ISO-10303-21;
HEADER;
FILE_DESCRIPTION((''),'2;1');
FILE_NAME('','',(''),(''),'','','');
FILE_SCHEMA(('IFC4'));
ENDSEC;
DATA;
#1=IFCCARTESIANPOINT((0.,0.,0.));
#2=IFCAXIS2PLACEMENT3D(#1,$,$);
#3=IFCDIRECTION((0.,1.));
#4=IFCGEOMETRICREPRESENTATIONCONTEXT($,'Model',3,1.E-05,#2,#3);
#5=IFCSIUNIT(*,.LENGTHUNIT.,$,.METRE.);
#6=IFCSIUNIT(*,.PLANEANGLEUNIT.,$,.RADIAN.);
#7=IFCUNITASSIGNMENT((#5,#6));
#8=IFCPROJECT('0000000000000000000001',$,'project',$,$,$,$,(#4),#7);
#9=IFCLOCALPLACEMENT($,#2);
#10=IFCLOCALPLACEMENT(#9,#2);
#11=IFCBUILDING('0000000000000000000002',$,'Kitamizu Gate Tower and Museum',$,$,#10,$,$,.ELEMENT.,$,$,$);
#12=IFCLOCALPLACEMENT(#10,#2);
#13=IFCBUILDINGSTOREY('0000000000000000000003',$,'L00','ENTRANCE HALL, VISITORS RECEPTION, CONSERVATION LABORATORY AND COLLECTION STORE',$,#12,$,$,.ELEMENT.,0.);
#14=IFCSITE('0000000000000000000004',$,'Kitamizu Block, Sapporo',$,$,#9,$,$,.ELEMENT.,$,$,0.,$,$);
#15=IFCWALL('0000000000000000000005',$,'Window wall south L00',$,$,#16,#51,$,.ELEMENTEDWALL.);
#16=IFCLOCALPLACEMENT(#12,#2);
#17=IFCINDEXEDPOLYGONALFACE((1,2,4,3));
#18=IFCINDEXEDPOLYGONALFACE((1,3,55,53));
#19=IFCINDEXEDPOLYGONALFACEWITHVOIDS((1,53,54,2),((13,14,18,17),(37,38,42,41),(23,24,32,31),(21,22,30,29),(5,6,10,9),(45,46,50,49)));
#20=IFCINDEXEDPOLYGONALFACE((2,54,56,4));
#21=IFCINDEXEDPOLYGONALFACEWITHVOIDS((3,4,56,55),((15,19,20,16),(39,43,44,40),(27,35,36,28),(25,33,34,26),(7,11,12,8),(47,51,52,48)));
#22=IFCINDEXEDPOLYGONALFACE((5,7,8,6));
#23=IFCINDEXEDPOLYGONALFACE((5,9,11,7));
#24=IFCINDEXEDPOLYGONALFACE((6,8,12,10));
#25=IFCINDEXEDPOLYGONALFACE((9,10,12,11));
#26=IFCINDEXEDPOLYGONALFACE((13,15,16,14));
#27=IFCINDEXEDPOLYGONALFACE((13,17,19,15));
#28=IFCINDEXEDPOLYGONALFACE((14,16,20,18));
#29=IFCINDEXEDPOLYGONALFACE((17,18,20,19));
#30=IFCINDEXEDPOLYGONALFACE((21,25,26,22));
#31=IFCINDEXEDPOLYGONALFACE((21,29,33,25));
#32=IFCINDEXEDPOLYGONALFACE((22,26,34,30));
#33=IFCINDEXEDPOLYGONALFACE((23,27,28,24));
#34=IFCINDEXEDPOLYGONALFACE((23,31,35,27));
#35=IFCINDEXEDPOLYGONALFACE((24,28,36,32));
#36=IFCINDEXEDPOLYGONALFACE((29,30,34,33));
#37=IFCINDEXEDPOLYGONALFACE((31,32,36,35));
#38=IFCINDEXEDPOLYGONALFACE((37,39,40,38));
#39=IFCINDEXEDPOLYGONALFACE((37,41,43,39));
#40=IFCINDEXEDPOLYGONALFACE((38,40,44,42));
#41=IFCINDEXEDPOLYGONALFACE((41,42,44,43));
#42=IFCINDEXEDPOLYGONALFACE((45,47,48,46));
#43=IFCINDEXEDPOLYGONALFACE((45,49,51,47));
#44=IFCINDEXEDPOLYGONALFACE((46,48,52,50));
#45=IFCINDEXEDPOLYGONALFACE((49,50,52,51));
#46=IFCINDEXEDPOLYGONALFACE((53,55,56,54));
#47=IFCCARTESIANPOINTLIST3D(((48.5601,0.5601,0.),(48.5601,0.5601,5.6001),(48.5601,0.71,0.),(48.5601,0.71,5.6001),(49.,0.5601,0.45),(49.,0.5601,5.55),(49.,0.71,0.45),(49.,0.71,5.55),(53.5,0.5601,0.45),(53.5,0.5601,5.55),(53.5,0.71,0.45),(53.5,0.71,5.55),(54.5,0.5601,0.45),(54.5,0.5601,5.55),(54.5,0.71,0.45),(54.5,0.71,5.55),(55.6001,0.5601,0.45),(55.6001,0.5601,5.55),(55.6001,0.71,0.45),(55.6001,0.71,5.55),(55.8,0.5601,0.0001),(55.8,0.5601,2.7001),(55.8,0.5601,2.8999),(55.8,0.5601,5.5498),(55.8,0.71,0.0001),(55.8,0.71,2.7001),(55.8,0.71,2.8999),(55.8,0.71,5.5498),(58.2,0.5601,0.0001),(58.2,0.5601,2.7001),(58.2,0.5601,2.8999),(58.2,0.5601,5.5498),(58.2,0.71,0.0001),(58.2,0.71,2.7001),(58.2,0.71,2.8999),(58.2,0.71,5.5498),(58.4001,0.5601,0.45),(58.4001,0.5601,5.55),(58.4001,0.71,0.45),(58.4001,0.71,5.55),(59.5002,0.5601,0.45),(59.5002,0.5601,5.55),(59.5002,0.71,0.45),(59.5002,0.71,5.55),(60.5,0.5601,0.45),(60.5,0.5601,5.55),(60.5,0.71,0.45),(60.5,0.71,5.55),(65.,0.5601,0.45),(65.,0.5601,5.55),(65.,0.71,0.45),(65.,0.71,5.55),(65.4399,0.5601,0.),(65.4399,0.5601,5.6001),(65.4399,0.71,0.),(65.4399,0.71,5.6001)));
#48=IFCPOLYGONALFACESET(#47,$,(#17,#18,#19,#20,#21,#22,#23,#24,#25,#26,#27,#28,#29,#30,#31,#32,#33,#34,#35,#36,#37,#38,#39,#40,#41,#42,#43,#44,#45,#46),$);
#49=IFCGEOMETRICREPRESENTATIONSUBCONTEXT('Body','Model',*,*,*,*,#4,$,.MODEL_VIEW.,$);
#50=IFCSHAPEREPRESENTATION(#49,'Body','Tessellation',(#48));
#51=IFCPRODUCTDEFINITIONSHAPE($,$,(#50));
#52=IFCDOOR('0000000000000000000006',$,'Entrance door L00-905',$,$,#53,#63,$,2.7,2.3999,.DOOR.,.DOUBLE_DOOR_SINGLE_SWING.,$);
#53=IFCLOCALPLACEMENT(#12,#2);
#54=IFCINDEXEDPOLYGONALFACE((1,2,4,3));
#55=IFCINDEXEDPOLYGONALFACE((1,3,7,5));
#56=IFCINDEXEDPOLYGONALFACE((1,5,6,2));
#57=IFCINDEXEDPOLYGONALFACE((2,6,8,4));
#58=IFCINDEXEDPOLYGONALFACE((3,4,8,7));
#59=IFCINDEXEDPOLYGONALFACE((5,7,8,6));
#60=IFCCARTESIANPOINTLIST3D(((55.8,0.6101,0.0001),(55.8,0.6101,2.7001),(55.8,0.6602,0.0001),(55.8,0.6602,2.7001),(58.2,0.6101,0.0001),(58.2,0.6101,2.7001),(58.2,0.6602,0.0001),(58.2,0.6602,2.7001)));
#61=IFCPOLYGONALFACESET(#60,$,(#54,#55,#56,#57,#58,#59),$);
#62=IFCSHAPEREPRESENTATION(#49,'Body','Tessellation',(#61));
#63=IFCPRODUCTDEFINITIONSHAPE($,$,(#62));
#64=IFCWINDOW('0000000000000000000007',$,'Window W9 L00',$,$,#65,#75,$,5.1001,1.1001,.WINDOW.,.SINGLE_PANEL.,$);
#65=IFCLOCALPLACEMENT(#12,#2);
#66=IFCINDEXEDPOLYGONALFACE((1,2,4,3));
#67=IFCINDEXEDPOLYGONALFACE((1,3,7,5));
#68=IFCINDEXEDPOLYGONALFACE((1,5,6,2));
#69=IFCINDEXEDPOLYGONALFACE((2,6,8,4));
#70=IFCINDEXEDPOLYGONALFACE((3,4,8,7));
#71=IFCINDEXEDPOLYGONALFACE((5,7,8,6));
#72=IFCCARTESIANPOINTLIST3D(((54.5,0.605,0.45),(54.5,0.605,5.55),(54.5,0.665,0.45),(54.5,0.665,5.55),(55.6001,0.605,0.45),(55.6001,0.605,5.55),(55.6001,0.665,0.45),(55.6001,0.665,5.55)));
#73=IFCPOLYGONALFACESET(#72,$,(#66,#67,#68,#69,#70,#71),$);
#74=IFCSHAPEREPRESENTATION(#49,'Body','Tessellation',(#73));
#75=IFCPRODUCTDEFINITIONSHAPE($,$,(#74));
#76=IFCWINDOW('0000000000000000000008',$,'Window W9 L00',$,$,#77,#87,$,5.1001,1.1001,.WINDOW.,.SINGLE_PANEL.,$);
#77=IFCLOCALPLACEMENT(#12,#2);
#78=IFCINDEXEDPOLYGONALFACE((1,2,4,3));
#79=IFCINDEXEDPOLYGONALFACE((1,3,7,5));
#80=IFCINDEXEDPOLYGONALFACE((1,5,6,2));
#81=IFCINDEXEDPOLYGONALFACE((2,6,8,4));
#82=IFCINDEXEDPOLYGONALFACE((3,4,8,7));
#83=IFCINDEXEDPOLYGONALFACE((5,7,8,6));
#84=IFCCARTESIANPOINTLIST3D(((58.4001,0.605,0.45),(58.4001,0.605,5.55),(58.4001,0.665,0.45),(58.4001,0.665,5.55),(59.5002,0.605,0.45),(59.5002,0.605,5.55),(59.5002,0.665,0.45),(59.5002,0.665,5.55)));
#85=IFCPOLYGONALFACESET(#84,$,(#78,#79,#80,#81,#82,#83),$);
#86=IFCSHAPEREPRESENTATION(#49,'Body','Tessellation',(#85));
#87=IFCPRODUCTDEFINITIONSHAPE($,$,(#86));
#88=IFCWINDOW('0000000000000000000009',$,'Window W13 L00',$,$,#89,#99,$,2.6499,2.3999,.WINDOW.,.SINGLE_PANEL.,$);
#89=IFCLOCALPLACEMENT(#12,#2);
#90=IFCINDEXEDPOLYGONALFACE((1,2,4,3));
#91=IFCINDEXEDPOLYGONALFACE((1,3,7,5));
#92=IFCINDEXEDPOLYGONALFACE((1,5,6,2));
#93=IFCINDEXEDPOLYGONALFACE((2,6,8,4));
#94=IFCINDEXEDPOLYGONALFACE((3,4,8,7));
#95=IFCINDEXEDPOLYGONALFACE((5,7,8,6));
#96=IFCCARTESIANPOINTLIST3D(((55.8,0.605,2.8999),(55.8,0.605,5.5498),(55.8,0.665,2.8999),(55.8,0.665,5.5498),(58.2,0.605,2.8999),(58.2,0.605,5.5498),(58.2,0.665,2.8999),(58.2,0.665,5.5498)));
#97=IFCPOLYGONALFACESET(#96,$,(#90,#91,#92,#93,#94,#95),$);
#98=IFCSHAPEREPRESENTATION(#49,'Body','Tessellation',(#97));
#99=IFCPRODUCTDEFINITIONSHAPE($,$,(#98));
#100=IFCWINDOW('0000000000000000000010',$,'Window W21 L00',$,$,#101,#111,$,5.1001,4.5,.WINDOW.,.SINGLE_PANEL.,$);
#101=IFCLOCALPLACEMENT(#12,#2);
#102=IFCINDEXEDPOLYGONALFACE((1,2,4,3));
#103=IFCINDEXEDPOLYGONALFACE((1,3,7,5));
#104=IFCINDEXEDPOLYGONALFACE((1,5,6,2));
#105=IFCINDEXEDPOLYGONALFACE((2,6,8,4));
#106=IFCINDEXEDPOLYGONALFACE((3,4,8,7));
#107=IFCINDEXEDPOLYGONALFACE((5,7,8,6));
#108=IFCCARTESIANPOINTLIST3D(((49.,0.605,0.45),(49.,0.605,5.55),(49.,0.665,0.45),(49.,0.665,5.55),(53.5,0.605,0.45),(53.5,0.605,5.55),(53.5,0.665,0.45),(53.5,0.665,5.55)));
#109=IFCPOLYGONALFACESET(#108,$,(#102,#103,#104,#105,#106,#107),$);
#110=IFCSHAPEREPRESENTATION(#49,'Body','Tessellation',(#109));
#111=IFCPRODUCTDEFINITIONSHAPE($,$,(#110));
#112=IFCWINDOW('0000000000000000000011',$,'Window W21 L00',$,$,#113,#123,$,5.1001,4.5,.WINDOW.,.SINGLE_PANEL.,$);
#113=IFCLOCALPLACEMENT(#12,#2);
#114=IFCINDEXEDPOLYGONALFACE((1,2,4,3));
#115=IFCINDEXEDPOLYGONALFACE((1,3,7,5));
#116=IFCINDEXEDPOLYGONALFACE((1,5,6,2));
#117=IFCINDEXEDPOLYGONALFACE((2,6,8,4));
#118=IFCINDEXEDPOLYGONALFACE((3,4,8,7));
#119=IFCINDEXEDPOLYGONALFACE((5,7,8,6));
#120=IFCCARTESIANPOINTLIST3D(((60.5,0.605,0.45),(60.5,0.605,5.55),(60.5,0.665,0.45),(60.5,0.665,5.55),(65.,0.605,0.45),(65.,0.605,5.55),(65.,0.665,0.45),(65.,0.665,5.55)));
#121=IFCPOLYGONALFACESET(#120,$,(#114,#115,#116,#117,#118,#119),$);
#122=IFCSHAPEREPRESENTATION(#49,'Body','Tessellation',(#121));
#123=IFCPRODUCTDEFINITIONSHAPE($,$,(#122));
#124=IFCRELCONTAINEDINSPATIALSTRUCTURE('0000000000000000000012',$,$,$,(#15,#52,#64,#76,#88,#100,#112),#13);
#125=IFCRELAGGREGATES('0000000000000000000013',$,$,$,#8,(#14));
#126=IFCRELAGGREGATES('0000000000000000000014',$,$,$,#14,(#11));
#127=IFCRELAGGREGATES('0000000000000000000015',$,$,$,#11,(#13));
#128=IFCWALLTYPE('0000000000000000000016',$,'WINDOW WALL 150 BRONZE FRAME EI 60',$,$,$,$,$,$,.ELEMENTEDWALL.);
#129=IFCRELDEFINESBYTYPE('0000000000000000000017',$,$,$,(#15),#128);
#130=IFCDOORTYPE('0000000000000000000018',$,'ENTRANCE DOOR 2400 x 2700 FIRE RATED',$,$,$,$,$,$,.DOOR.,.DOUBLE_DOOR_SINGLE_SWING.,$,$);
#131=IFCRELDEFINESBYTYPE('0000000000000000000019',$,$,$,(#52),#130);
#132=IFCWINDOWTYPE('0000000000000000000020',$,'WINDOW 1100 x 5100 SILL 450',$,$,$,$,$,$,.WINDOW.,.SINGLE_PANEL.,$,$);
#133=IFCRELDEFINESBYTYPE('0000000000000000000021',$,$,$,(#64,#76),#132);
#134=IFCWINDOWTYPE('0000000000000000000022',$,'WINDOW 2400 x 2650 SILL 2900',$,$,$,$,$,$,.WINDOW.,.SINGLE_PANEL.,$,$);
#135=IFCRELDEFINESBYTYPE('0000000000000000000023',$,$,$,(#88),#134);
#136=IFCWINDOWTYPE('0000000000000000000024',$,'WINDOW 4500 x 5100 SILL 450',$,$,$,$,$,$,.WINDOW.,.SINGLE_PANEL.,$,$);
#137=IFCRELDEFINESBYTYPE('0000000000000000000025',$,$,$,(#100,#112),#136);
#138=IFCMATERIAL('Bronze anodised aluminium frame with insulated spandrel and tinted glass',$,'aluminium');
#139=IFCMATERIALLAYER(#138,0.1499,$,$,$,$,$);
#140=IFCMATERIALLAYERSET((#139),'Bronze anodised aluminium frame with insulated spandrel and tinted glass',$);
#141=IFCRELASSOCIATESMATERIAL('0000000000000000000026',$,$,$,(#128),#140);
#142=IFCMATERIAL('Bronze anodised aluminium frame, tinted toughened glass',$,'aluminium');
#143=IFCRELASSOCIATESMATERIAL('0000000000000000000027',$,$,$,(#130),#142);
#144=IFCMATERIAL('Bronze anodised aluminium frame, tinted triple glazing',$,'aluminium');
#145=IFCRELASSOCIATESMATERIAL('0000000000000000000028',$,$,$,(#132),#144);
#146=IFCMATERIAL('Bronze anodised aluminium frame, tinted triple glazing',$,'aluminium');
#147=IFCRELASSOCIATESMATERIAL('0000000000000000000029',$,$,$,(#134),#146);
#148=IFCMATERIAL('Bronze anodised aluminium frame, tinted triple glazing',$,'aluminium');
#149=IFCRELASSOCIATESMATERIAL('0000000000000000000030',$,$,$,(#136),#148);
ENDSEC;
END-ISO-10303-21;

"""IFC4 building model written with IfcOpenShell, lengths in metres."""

from ifc_helpers import new_model, si_unit, direction, frame, frame_2d, origin, place, context, subcontext, project, spatial, rectangle, extrude, material, layer, layer_set, type_object, element, fill, save


model = new_model("IFC4")

# Units and contexts
model_context = context("Model", 3, precision=1e-05, world=origin(), true_north=direction((0.0, 1.0)))
body_context = subcontext(model_context, "Body", "Model", "MODEL_VIEW")
ifc_project = project(units=[si_unit("LENGTHUNIT", "METRE"), si_unit("PLANEANGLEUNIT", "RADIAN")], contexts=[model_context])

# Site, building, storey
site_placement = place(None, origin())
site = spatial("IfcSite", under=ifc_project, at=site_placement, Name="Kitamizu Block, Sapporo", CompositionType="ELEMENT", RefElevation=0.0)
building_placement = place(site_placement, origin())
building = spatial("IfcBuilding", under=site, at=building_placement, Name="Kitamizu Gate Tower and Museum", CompositionType="ELEMENT")
storey_placement = place(building_placement, origin())
storey = spatial("IfcBuildingStorey", under=building, at=storey_placement, Name="L00", Description="ENTRANCE HALL, VISITORS RECEPTION, CONSERVATION LABORATORY AND COLLECTION STORE", CompositionType="ELEMENT", Elevation=0.0)

# Wall, openings, door, windows
ifc_material_1 = material(Name="Bronze anodised aluminium frame with insulated spandrel and tinted glass", Category="aluminium")
ifc_layer_1 = layer(ifc_material_1, 0.1499)
ifc_layer_set_1 = layer_set([ifc_layer_1], Name="Bronze anodised aluminium frame with insulated spandrel and tinted glass")
wall_type = type_object("IfcWallType", Name="WINDOW WALL 150 BRONZE FRAME EI 60", PredefinedType="ELEMENTEDWALL", material=ifc_layer_set_1)
wall_placement = place(storey_placement, frame((48.5601, 0.635, 0.0), z_axis=(0.0, 0.0, 1.0), x_axis=(1.0, 0.0, 0.0)))
wall = element("IfcWall", 1, at=wall_placement, inside=storey, type_object=wall_type, Name="Window wall south L00", PredefinedType="ELEMENTEDWALL", context=body_context, shape_type="SweptSolid", body=[
    extrude(rectangle(XDim=16.8799, YDim=0.1499, at=frame_2d((8.4399, 0.0))), origin(), (0.0, 0.0, 1.0), 5.6001),
])
opening_1_placement = place(wall_placement, frame((0.4399, 0.0, 0.45)))
opening_1 = element("IfcOpeningElement", 2, at=opening_1_placement, cuts=wall, PredefinedType="OPENING", context=body_context, shape_type="SweptSolid", body=[
    extrude(rectangle(XDim=4.5, YDim=5.1001, at=frame_2d((2.25, 2.55))), frame((0.0, 0.085, 0.0), z_axis=(0.0, -1.0, 0.0), x_axis=(1.0, 0.0, 0.0)), (0.0, 0.0, 1.0), 0.1699),
])
opening_2_placement = place(wall_placement, frame((5.9399, 0.0, 0.45)))
opening_2 = element("IfcOpeningElement", 3, at=opening_2_placement, cuts=wall, PredefinedType="OPENING", context=body_context, shape_type="SweptSolid", body=[
    extrude(rectangle(XDim=1.1001, YDim=5.1001, at=frame_2d((0.55, 2.55))), frame((0.0, 0.085, 0.0), z_axis=(0.0, -1.0, 0.0), x_axis=(1.0, 0.0, 0.0)), (0.0, 0.0, 1.0), 0.1699),
])
opening_3_placement = place(wall_placement, frame((9.8401, 0.0, 0.45)))
opening_3 = element("IfcOpeningElement", 4, at=opening_3_placement, cuts=wall, PredefinedType="OPENING", context=body_context, shape_type="SweptSolid", body=[
    extrude(rectangle(XDim=1.1001, YDim=5.1001, at=frame_2d((0.55, 2.55))), frame((0.0, 0.085, 0.0), z_axis=(0.0, -1.0, 0.0), x_axis=(1.0, 0.0, 0.0)), (0.0, 0.0, 1.0), 0.1699),
])
opening_4_placement = place(wall_placement, frame((7.24, 0.0, 0.0)))
opening_4 = element("IfcOpeningElement", 5, at=opening_4_placement, cuts=wall, PredefinedType="OPENING", context=body_context, shape_type="SweptSolid", body=[
    extrude(rectangle(XDim=2.3999, YDim=2.7, at=frame_2d((1.2, 1.3501))), frame((0.0, 0.085, 0.0), z_axis=(0.0, -1.0, 0.0), x_axis=(1.0, 0.0, 0.0)), (0.0, 0.0, 1.0), 0.1699),
])
opening_5_placement = place(wall_placement, frame((7.24, 0.0, 2.8999)))
opening_5 = element("IfcOpeningElement", 6, at=opening_5_placement, cuts=wall, PredefinedType="OPENING", context=body_context, shape_type="SweptSolid", body=[
    extrude(rectangle(XDim=2.3999, YDim=2.6499, at=frame_2d((1.2, 1.325))), frame((0.0, 0.085, 0.0), z_axis=(0.0, -1.0, 0.0), x_axis=(1.0, 0.0, 0.0)), (0.0, 0.0, 1.0), 0.1699),
])
opening_6_placement = place(wall_placement, frame((11.9399, 0.0, 0.45)))
opening_6 = element("IfcOpeningElement", 7, at=opening_6_placement, cuts=wall, PredefinedType="OPENING", context=body_context, shape_type="SweptSolid", body=[
    extrude(rectangle(XDim=4.5, YDim=5.1001, at=frame_2d((2.25, 2.55))), frame((0.0, 0.085, 0.0), z_axis=(0.0, -1.0, 0.0), x_axis=(1.0, 0.0, 0.0)), (0.0, 0.0, 1.0), 0.1699),
])
ifc_material_2 = material(Name="Bronze anodised aluminium frame, tinted toughened glass", Category="aluminium")
door_type = type_object("IfcDoorType", Name="ENTRANCE DOOR 2400 x 2700 FIRE RATED", OperationType="DOUBLE_DOOR_SINGLE_SWING", PredefinedType="DOOR", material=ifc_material_2)
door_placement = place(opening_4_placement, frame((2.3999, 0.0, 0.0), x_axis=(-1.0, 0.0, 0.0)))
door = element("IfcDoor", 8, at=door_placement, inside=storey, type_object=door_type, Name="Entrance door L00-905", OperationType="DOUBLE_DOOR_SINGLE_SWING", OverallHeight=2.7, OverallWidth=2.3999, PredefinedType="DOOR", context=body_context, shape_type="SweptSolid", body=[
    extrude(rectangle(XDim=2.3999, YDim=2.7, at=frame_2d((1.2, 1.3501))), frame((0.0, 0.0249, 0.0), z_axis=(0.0, -1.0, 0.0), x_axis=(1.0, 0.0, 0.0)), (0.0, 0.0, 1.0), 0.05),
])
fill(opening_4, door)
ifc_material_3 = material(Name="Bronze anodised aluminium frame, tinted triple glazing", Category="aluminium")
window_type_1 = type_object("IfcWindowType", Name="WINDOW 1100 x 5100 SILL 450", PartitioningType="SINGLE_PANEL", PredefinedType="WINDOW", material=ifc_material_3)
window_1_placement = place(opening_2_placement, origin())
window_1 = element("IfcWindow", 9, at=window_1_placement, inside=storey, type_object=window_type_1, Name="Window W9 L00", OverallHeight=5.1001, OverallWidth=1.1001, PartitioningType="SINGLE_PANEL", PredefinedType="WINDOW", context=body_context, shape_type="SweptSolid", body=[
    extrude(rectangle(XDim=1.1001, YDim=5.1001, at=frame_2d((0.55, 2.55))), frame((0.0, 0.03, 0.0), z_axis=(0.0, -1.0, 0.0), x_axis=(1.0, 0.0, 0.0)), (0.0, 0.0, 1.0), 0.0601),
])
fill(opening_2, window_1)
window_2_placement = place(opening_3_placement, origin())
window_2 = element("IfcWindow", 10, at=window_2_placement, inside=storey, type_object=window_type_1, Name="Window W9 L00", OverallHeight=5.1001, OverallWidth=1.1001, PartitioningType="SINGLE_PANEL", PredefinedType="WINDOW", context=body_context, shape_type="SweptSolid", body=[
    extrude(rectangle(XDim=1.1001, YDim=5.1001, at=frame_2d((0.55, 2.55))), frame((0.0, 0.03, 0.0), z_axis=(0.0, -1.0, 0.0), x_axis=(1.0, 0.0, 0.0)), (0.0, 0.0, 1.0), 0.0601),
])
fill(opening_3, window_2)
ifc_material_4 = material(Name="Bronze anodised aluminium frame, tinted triple glazing", Category="aluminium")
window_type_2 = type_object("IfcWindowType", Name="WINDOW 2400 x 2650 SILL 2900", PartitioningType="SINGLE_PANEL", PredefinedType="WINDOW", material=ifc_material_4)
window_3_placement = place(opening_5_placement, origin())
window_3 = element("IfcWindow", 11, at=window_3_placement, inside=storey, type_object=window_type_2, Name="Window W13 L00", OverallHeight=2.6499, OverallWidth=2.3999, PartitioningType="SINGLE_PANEL", PredefinedType="WINDOW", context=body_context, shape_type="SweptSolid", body=[
    extrude(rectangle(XDim=2.3999, YDim=2.6499, at=frame_2d((1.2, 1.325))), frame((0.0, 0.03, 0.0), z_axis=(0.0, -1.0, 0.0), x_axis=(1.0, 0.0, 0.0)), (0.0, 0.0, 1.0), 0.0601),
])
fill(opening_5, window_3)
ifc_material_5 = material(Name="Bronze anodised aluminium frame, tinted triple glazing", Category="aluminium")
window_type_3 = type_object("IfcWindowType", Name="WINDOW 4500 x 5100 SILL 450", PartitioningType="SINGLE_PANEL", PredefinedType="WINDOW", material=ifc_material_5)
window_4_placement = place(opening_1_placement, origin())
window_4 = element("IfcWindow", 12, at=window_4_placement, inside=storey, type_object=window_type_3, Name="Window W21 L00", OverallHeight=5.1001, OverallWidth=4.5, PartitioningType="SINGLE_PANEL", PredefinedType="WINDOW", context=body_context, shape_type="SweptSolid", body=[
    extrude(rectangle(XDim=4.5, YDim=5.1001, at=frame_2d((2.25, 2.55))), frame((0.0, 0.03, 0.0), z_axis=(0.0, -1.0, 0.0), x_axis=(1.0, 0.0, 0.0)), (0.0, 0.0, 1.0), 0.0601),
])
fill(opening_1, window_4)
window_5_placement = place(opening_6_placement, origin())
window_5 = element("IfcWindow", 13, at=window_5_placement, inside=storey, type_object=window_type_3, Name="Window W21 L00", OverallHeight=5.1001, OverallWidth=4.5, PartitioningType="SINGLE_PANEL", PredefinedType="WINDOW", context=body_context, shape_type="SweptSolid", body=[
    extrude(rectangle(XDim=4.5, YDim=5.1001, at=frame_2d((2.25, 2.55))), frame((0.0, 0.03, 0.0), z_axis=(0.0, -1.0, 0.0), x_axis=(1.0, 0.0, 0.0)), (0.0, 0.0, 1.0), 0.0601),
])
fill(opening_6, window_5)

save(model, "model.ifc")
